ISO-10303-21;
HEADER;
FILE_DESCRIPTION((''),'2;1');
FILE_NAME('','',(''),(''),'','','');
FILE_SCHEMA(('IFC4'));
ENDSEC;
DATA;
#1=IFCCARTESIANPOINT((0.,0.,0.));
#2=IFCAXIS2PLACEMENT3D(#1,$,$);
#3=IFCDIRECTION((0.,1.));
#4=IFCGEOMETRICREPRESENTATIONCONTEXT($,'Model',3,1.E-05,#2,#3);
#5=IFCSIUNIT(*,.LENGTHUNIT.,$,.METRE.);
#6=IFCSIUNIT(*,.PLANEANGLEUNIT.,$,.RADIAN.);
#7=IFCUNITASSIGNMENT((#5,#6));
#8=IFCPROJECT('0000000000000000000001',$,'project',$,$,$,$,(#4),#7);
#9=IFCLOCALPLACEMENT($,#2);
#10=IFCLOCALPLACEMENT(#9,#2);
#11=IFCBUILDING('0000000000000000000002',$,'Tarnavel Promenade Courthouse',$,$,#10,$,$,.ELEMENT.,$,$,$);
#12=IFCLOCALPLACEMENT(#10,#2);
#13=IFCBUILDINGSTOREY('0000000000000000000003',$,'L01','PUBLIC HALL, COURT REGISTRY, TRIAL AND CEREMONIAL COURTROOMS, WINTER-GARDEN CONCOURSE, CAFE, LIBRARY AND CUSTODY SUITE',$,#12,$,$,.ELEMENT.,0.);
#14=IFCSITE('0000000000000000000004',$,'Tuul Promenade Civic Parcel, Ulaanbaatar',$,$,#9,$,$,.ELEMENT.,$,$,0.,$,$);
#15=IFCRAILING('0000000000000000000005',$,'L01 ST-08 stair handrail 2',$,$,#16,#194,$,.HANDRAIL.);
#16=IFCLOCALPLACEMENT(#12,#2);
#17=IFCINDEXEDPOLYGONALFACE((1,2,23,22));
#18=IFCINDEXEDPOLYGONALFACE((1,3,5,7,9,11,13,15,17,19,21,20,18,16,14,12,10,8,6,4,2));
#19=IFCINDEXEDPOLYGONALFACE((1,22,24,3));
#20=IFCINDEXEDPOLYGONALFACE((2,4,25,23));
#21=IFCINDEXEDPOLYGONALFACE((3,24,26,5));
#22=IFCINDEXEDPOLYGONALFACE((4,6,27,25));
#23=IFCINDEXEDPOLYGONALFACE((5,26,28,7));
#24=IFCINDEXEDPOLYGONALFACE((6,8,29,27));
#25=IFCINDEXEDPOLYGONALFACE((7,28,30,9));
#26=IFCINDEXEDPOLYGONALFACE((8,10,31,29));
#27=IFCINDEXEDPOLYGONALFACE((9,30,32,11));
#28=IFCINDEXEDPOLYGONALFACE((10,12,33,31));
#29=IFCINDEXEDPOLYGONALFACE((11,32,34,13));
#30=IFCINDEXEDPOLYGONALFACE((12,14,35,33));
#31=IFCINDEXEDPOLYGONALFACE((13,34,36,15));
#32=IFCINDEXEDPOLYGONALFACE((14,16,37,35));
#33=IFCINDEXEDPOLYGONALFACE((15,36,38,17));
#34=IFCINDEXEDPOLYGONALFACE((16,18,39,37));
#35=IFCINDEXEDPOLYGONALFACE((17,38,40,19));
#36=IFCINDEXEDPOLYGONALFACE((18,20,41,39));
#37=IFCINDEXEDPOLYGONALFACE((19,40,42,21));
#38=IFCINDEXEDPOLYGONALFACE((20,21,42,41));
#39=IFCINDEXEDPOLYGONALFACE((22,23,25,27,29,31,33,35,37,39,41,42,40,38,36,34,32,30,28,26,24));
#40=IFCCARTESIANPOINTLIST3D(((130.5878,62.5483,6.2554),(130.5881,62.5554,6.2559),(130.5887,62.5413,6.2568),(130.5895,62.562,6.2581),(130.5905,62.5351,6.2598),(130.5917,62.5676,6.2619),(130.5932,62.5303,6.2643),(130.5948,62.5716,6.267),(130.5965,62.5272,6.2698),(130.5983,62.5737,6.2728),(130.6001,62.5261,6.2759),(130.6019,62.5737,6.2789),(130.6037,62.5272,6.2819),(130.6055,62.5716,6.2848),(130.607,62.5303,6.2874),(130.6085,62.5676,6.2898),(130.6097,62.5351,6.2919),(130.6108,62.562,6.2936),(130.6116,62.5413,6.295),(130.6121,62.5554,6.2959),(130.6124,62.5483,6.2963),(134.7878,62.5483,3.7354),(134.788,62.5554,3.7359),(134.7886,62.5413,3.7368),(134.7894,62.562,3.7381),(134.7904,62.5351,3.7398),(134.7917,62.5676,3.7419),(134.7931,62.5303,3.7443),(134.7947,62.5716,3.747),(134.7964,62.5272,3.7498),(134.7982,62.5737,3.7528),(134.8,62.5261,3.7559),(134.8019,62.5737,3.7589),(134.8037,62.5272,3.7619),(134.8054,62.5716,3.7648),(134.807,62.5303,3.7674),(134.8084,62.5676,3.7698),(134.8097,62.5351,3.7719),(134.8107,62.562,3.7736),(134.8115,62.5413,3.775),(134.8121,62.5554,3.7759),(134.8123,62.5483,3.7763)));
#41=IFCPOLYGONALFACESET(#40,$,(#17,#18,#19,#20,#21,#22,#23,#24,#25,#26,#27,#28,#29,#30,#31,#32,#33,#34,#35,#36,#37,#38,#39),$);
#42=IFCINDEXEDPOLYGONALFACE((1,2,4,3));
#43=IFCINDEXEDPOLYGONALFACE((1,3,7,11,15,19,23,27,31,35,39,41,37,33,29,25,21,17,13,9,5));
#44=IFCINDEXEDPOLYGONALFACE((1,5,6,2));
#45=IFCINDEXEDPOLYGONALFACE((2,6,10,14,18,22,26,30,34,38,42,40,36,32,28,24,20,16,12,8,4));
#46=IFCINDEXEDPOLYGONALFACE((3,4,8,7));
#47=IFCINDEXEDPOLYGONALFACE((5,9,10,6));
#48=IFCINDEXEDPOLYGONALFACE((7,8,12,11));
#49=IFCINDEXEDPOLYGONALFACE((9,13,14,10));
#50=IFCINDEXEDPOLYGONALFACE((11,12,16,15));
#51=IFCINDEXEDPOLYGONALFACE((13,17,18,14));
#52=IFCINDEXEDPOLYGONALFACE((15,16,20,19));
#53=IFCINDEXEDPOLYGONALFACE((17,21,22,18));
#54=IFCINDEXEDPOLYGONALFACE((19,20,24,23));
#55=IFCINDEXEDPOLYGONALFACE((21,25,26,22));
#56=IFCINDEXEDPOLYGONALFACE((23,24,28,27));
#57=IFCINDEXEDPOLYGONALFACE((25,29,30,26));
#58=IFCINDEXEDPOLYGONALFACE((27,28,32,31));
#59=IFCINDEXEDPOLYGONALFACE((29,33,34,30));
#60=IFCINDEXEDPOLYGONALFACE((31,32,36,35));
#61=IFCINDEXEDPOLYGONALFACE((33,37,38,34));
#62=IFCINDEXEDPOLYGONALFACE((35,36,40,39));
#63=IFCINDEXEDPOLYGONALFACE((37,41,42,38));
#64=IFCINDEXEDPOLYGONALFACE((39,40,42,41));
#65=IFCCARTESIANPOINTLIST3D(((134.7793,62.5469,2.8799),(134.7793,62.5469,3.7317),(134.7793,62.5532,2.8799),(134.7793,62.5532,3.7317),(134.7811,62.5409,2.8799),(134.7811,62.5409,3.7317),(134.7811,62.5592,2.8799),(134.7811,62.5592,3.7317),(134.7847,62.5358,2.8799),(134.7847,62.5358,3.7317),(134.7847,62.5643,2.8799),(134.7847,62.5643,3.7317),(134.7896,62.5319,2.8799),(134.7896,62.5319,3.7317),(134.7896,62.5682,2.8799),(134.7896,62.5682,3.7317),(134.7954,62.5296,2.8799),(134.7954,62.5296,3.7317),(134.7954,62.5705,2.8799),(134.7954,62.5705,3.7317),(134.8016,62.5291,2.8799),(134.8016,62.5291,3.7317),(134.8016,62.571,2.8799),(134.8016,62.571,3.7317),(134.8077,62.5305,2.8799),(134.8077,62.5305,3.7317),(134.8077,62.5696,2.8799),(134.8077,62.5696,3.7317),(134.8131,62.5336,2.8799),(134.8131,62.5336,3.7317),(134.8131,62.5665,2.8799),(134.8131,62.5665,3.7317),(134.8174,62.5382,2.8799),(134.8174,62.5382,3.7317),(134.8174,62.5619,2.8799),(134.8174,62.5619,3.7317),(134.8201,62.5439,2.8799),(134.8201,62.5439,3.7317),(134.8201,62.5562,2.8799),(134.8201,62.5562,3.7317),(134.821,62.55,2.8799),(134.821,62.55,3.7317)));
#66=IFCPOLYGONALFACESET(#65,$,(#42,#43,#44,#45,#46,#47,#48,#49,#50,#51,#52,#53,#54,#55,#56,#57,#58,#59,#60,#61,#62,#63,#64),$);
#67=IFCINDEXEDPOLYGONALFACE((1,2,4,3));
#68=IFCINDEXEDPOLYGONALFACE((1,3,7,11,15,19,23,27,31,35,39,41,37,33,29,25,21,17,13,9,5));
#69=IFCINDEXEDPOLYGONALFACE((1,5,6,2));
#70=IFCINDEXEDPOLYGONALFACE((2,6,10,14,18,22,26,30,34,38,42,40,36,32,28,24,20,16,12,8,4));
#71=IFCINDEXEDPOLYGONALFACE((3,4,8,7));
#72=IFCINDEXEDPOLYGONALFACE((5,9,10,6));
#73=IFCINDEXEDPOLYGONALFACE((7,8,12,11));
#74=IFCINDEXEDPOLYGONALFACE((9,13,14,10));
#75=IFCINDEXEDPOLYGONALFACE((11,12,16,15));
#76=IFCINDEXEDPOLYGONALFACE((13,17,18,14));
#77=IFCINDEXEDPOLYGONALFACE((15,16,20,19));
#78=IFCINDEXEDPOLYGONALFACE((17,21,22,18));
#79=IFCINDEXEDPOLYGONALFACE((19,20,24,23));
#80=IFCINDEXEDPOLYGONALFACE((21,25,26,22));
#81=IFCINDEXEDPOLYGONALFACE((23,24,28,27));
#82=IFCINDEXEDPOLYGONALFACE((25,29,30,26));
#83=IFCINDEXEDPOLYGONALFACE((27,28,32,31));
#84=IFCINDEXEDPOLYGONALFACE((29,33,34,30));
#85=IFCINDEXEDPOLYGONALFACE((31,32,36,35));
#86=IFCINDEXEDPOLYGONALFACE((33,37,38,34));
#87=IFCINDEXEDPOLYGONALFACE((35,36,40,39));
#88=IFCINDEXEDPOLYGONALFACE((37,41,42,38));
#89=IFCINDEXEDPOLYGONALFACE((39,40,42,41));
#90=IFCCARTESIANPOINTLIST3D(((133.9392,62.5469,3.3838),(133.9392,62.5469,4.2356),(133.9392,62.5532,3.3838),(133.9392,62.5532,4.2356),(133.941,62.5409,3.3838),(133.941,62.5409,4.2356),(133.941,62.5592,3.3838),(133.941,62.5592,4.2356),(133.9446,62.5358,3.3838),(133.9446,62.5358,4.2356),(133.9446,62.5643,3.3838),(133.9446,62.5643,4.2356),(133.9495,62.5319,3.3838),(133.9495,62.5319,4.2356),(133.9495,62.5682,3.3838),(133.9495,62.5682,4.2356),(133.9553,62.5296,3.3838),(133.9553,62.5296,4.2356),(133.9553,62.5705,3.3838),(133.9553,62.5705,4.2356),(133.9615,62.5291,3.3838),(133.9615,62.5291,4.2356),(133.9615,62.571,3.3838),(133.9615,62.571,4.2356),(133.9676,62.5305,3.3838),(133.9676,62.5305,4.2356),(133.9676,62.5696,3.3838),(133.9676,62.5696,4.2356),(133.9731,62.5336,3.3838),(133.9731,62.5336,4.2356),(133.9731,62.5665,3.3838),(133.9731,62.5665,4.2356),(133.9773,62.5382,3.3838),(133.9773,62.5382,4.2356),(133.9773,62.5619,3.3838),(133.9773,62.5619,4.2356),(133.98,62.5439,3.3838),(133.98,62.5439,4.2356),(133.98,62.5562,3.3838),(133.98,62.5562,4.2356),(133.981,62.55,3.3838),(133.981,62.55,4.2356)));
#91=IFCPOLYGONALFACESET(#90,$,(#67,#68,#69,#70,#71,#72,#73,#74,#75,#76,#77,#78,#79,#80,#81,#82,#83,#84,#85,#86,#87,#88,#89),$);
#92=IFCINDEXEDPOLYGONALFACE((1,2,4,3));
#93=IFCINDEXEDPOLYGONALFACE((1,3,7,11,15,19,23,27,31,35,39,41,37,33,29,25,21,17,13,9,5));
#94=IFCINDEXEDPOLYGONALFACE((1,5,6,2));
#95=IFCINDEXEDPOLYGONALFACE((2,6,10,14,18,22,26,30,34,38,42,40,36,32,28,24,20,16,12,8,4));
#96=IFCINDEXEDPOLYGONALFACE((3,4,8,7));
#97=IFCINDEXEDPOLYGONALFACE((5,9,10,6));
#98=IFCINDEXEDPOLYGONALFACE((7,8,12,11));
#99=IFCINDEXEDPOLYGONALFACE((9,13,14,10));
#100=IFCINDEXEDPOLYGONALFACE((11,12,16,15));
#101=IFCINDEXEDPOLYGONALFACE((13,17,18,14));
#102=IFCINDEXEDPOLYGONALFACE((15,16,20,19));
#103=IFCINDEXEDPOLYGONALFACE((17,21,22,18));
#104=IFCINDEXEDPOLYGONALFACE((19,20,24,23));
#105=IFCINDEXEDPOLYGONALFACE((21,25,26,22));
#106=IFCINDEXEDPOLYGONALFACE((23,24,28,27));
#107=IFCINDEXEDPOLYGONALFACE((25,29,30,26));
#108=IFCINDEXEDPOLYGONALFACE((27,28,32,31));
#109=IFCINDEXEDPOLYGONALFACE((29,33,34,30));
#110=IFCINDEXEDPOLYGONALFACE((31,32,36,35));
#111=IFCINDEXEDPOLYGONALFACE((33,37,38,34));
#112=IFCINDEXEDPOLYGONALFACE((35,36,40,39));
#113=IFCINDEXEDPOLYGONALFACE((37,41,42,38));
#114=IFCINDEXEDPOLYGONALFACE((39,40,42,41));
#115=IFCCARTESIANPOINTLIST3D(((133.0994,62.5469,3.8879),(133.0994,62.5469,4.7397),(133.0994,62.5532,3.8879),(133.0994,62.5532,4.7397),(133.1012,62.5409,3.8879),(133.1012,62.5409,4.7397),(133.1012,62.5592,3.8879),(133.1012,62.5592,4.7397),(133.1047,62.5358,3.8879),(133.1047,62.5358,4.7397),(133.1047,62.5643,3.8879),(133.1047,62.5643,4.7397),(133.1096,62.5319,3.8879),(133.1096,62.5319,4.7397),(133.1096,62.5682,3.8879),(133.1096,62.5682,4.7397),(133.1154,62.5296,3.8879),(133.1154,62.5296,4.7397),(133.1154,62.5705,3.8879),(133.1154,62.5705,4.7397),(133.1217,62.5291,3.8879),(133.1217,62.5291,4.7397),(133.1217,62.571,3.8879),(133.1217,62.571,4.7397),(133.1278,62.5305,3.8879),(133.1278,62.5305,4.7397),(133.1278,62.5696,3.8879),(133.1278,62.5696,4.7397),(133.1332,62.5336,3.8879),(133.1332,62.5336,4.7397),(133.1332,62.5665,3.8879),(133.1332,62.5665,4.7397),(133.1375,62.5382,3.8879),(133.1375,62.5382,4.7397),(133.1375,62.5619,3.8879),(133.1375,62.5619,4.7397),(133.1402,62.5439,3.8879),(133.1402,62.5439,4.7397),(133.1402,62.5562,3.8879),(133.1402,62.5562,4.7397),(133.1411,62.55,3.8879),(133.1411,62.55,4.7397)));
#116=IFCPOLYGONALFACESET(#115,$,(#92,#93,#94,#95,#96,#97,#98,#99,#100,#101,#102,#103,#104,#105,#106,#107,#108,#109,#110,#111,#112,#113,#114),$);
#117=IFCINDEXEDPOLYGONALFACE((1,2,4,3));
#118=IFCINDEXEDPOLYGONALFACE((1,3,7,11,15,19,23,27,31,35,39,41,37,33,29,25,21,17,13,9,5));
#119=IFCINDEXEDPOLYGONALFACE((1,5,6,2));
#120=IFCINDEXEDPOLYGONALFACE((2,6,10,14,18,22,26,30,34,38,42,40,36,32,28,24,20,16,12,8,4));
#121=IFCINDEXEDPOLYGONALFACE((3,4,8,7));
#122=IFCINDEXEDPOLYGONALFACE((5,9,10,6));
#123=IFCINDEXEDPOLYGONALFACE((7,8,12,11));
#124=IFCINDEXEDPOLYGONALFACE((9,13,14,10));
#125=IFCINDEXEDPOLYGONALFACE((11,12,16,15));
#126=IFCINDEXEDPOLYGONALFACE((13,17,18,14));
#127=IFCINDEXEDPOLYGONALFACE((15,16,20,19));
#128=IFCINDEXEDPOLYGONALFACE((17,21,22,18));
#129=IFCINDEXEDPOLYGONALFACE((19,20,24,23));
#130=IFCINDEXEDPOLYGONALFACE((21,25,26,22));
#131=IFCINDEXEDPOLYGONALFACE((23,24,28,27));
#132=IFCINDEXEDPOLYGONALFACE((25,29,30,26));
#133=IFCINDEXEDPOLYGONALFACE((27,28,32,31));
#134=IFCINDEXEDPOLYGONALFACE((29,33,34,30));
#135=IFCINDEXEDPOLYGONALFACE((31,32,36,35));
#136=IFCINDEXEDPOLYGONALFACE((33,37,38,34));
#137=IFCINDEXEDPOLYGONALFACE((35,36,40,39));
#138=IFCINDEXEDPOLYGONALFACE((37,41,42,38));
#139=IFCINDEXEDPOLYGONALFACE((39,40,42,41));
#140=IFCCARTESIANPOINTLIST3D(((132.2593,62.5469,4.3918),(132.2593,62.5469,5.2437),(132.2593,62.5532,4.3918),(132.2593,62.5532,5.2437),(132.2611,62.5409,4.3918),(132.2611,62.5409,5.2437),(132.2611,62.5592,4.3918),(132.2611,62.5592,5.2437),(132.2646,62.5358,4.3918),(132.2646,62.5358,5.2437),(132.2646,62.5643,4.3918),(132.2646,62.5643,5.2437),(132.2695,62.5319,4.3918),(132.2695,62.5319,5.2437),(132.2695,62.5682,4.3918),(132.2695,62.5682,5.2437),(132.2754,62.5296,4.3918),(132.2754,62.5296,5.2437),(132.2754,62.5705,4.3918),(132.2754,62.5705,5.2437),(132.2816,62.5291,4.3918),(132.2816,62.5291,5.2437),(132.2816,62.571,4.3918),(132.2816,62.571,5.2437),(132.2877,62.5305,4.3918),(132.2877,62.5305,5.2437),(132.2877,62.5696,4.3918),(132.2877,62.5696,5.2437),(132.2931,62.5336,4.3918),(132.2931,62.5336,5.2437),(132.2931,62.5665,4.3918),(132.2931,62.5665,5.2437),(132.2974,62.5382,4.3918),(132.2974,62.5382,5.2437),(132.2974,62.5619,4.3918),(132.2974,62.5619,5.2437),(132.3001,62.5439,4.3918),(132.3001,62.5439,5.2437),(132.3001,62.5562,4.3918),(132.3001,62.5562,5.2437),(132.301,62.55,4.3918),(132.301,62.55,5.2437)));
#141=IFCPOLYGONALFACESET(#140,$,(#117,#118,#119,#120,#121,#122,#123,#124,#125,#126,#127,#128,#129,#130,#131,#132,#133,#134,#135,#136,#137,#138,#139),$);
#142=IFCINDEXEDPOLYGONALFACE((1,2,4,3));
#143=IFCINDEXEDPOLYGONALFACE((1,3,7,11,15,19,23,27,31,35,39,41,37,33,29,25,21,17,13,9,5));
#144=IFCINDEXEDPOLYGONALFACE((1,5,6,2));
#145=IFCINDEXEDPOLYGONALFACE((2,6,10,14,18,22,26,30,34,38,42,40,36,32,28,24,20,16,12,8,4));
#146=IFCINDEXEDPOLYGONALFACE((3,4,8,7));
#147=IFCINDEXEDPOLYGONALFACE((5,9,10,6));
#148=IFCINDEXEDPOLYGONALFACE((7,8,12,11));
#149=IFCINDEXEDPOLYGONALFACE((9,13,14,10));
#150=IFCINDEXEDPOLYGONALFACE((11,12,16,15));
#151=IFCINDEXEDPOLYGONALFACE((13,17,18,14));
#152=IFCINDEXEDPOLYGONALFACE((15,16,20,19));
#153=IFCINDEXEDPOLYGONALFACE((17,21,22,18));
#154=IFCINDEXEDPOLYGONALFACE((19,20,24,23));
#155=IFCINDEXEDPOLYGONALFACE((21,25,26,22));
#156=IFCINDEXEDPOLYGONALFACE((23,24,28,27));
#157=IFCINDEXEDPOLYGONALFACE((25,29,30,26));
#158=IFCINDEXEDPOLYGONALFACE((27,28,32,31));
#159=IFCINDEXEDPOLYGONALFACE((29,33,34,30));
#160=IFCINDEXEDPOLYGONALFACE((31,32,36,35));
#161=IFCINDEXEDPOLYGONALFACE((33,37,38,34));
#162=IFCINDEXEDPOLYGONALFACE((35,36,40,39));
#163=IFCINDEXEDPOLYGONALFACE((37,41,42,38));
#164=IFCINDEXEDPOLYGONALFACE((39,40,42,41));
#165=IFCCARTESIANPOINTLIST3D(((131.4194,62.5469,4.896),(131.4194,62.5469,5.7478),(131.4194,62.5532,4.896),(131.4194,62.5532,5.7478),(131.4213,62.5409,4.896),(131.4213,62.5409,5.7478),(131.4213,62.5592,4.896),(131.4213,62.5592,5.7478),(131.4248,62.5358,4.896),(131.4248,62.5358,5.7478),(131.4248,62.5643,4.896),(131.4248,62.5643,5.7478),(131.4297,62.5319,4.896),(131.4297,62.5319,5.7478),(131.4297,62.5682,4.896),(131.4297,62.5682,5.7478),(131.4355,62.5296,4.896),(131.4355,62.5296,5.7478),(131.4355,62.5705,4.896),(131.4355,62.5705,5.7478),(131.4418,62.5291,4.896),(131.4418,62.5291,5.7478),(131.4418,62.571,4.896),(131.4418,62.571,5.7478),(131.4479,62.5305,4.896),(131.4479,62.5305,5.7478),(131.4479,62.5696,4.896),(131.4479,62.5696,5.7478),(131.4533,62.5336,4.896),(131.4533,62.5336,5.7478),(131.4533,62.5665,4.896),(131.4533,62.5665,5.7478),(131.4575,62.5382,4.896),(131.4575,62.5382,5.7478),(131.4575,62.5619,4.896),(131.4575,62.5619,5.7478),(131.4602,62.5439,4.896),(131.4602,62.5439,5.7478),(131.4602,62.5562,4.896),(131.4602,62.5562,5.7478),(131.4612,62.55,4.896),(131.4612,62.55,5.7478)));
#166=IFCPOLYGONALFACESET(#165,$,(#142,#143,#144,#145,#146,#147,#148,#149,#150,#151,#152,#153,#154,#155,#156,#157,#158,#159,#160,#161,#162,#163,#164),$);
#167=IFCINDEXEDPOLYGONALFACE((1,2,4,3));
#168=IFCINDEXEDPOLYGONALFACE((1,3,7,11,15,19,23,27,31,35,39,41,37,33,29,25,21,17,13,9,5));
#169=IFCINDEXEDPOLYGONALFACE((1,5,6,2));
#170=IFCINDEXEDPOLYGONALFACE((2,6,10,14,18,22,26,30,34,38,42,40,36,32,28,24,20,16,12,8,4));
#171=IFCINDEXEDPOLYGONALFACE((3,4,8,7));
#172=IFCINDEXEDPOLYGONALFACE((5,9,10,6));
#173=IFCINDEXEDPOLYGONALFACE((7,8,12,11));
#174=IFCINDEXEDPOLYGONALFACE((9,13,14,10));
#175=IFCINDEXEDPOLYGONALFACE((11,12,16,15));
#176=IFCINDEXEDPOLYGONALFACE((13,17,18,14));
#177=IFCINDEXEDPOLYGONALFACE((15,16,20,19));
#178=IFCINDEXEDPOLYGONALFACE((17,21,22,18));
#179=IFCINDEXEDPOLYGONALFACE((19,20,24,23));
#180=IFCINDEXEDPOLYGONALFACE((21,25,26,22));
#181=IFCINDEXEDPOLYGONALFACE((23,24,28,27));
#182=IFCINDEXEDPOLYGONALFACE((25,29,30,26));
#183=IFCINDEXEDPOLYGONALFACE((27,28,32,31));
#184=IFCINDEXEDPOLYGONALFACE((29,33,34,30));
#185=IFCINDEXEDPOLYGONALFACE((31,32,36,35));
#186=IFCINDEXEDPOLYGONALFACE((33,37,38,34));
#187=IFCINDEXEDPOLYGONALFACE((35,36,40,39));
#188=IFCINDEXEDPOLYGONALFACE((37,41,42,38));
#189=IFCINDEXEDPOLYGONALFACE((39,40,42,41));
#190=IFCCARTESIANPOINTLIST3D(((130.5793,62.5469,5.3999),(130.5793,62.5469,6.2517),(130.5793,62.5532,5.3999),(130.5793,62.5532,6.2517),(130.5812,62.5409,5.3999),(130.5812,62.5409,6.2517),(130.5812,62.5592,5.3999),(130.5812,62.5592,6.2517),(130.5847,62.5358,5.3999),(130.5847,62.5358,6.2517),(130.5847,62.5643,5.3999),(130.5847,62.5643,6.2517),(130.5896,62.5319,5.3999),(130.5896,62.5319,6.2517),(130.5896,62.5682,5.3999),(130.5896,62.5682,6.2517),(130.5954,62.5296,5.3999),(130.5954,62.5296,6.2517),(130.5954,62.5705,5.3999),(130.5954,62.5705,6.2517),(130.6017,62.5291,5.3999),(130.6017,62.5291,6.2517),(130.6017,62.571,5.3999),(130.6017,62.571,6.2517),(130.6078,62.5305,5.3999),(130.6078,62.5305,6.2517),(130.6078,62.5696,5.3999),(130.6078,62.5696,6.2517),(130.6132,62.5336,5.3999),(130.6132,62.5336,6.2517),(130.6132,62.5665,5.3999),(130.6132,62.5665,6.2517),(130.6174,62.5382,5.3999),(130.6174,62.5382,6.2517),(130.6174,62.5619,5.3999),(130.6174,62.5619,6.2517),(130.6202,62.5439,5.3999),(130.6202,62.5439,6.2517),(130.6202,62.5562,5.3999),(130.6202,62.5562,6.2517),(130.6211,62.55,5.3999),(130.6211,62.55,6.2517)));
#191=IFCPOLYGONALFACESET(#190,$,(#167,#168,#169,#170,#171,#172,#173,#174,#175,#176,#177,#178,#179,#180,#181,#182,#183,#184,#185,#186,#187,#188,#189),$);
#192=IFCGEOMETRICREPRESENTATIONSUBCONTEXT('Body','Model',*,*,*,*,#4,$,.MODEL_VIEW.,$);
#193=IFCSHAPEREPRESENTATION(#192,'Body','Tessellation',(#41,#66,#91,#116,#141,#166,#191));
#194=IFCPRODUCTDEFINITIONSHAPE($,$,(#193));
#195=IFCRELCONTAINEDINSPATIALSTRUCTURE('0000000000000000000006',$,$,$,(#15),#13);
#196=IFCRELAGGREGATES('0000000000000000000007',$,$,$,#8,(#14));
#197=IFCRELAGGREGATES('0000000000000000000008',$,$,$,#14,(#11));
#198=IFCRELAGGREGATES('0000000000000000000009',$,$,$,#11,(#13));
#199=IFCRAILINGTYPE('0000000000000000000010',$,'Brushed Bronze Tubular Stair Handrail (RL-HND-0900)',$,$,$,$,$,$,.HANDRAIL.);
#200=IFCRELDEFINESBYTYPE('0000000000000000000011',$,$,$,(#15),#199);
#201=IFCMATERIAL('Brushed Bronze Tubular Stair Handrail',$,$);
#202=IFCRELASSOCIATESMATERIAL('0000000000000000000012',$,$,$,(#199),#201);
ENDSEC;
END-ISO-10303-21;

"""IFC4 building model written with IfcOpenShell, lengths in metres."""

from ifc_helpers import new_model, si_unit, direction, frame, origin, origin_2d, place, context, subcontext, project, spatial, circle, extrude, material, type_object, element, save


model = new_model("IFC4")

# Units and contexts
model_context = context("Model", 3, precision=1e-05, world=origin(), true_north=direction((0.0, 1.0)))
body_context = subcontext(model_context, "Body", "Model", "MODEL_VIEW")
ifc_project = project(units=[si_unit("LENGTHUNIT", "METRE"), si_unit("PLANEANGLEUNIT", "RADIAN")], contexts=[model_context])

# Site, building, storey
site_placement = place(None, origin())
site = spatial("IfcSite", under=ifc_project, at=site_placement, Name="Tuul Promenade Civic Parcel, Ulaanbaatar", CompositionType="ELEMENT", RefElevation=0.0)
building_placement = place(site_placement, origin())
building = spatial("IfcBuilding", under=site, at=building_placement, Name="Tarnavel Promenade Courthouse", CompositionType="ELEMENT")
storey_placement = place(building_placement, origin())
storey = spatial("IfcBuildingStorey", under=building, at=storey_placement, Name="L01", Description="PUBLIC HALL, COURT REGISTRY, TRIAL AND CEREMONIAL COURTROOMS, WINTER-GARDEN CONCOURSE, CAFE, LIBRARY AND CUSTODY SUITE", CompositionType="ELEMENT", Elevation=0.0)

# Railing
ifc_material_1 = material(Name="Brushed Bronze Tubular Stair Handrail")
railing_type_1 = type_object("IfcRailingType", Name="Brushed Bronze Tubular Stair Handrail (RL-HND-0900)", PredefinedType="HANDRAIL", material=ifc_material_1)
railing_1_placement = place(storey_placement, frame((134.8, 62.55, 2.8799)))
element("IfcRailing", 1, at=railing_1_placement, inside=storey, type_object=railing_type_1, Name="L01 ST-08 stair handrail 2", PredefinedType="HANDRAIL", context=body_context, shape_type="SweptSolid", body=[
    extrude(circle(Radius=0.0239, at=origin_2d()), frame((0.0, 0.0, 0.876), z_axis=(-0.857489, 0.0, 0.514503), x_axis=(0.0, -1.0, 0.0)), (0.0, 0.0, 1.0), 4.8979),
    extrude(circle(Radius=0.021, at=origin_2d()), origin(), (0.0, 0.0, 1.0), 0.8518),
    extrude(circle(Radius=0.021, at=origin_2d()), frame((-0.8401, 0.0, 0.5039)), (0.0, 0.0, 1.0), 0.8518),
    extrude(circle(Radius=0.021, at=origin_2d()), frame((-1.6799, 0.0, 1.0081)), (0.0, 0.0, 1.0), 0.8518),
    extrude(circle(Radius=0.021, at=origin_2d()), frame((-2.52, 0.0, 1.512)), (0.0, 0.0, 1.0), 0.8518),
    extrude(circle(Radius=0.021, at=origin_2d()), frame((-3.3599, 0.0, 2.0161)), (0.0, 0.0, 1.0), 0.8518),
    extrude(circle(Radius=0.021, at=origin_2d()), frame((-4.2, 0.0, 2.52)), (0.0, 0.0, 1.0), 0.8518),
])

save(model, "model.ifc")
